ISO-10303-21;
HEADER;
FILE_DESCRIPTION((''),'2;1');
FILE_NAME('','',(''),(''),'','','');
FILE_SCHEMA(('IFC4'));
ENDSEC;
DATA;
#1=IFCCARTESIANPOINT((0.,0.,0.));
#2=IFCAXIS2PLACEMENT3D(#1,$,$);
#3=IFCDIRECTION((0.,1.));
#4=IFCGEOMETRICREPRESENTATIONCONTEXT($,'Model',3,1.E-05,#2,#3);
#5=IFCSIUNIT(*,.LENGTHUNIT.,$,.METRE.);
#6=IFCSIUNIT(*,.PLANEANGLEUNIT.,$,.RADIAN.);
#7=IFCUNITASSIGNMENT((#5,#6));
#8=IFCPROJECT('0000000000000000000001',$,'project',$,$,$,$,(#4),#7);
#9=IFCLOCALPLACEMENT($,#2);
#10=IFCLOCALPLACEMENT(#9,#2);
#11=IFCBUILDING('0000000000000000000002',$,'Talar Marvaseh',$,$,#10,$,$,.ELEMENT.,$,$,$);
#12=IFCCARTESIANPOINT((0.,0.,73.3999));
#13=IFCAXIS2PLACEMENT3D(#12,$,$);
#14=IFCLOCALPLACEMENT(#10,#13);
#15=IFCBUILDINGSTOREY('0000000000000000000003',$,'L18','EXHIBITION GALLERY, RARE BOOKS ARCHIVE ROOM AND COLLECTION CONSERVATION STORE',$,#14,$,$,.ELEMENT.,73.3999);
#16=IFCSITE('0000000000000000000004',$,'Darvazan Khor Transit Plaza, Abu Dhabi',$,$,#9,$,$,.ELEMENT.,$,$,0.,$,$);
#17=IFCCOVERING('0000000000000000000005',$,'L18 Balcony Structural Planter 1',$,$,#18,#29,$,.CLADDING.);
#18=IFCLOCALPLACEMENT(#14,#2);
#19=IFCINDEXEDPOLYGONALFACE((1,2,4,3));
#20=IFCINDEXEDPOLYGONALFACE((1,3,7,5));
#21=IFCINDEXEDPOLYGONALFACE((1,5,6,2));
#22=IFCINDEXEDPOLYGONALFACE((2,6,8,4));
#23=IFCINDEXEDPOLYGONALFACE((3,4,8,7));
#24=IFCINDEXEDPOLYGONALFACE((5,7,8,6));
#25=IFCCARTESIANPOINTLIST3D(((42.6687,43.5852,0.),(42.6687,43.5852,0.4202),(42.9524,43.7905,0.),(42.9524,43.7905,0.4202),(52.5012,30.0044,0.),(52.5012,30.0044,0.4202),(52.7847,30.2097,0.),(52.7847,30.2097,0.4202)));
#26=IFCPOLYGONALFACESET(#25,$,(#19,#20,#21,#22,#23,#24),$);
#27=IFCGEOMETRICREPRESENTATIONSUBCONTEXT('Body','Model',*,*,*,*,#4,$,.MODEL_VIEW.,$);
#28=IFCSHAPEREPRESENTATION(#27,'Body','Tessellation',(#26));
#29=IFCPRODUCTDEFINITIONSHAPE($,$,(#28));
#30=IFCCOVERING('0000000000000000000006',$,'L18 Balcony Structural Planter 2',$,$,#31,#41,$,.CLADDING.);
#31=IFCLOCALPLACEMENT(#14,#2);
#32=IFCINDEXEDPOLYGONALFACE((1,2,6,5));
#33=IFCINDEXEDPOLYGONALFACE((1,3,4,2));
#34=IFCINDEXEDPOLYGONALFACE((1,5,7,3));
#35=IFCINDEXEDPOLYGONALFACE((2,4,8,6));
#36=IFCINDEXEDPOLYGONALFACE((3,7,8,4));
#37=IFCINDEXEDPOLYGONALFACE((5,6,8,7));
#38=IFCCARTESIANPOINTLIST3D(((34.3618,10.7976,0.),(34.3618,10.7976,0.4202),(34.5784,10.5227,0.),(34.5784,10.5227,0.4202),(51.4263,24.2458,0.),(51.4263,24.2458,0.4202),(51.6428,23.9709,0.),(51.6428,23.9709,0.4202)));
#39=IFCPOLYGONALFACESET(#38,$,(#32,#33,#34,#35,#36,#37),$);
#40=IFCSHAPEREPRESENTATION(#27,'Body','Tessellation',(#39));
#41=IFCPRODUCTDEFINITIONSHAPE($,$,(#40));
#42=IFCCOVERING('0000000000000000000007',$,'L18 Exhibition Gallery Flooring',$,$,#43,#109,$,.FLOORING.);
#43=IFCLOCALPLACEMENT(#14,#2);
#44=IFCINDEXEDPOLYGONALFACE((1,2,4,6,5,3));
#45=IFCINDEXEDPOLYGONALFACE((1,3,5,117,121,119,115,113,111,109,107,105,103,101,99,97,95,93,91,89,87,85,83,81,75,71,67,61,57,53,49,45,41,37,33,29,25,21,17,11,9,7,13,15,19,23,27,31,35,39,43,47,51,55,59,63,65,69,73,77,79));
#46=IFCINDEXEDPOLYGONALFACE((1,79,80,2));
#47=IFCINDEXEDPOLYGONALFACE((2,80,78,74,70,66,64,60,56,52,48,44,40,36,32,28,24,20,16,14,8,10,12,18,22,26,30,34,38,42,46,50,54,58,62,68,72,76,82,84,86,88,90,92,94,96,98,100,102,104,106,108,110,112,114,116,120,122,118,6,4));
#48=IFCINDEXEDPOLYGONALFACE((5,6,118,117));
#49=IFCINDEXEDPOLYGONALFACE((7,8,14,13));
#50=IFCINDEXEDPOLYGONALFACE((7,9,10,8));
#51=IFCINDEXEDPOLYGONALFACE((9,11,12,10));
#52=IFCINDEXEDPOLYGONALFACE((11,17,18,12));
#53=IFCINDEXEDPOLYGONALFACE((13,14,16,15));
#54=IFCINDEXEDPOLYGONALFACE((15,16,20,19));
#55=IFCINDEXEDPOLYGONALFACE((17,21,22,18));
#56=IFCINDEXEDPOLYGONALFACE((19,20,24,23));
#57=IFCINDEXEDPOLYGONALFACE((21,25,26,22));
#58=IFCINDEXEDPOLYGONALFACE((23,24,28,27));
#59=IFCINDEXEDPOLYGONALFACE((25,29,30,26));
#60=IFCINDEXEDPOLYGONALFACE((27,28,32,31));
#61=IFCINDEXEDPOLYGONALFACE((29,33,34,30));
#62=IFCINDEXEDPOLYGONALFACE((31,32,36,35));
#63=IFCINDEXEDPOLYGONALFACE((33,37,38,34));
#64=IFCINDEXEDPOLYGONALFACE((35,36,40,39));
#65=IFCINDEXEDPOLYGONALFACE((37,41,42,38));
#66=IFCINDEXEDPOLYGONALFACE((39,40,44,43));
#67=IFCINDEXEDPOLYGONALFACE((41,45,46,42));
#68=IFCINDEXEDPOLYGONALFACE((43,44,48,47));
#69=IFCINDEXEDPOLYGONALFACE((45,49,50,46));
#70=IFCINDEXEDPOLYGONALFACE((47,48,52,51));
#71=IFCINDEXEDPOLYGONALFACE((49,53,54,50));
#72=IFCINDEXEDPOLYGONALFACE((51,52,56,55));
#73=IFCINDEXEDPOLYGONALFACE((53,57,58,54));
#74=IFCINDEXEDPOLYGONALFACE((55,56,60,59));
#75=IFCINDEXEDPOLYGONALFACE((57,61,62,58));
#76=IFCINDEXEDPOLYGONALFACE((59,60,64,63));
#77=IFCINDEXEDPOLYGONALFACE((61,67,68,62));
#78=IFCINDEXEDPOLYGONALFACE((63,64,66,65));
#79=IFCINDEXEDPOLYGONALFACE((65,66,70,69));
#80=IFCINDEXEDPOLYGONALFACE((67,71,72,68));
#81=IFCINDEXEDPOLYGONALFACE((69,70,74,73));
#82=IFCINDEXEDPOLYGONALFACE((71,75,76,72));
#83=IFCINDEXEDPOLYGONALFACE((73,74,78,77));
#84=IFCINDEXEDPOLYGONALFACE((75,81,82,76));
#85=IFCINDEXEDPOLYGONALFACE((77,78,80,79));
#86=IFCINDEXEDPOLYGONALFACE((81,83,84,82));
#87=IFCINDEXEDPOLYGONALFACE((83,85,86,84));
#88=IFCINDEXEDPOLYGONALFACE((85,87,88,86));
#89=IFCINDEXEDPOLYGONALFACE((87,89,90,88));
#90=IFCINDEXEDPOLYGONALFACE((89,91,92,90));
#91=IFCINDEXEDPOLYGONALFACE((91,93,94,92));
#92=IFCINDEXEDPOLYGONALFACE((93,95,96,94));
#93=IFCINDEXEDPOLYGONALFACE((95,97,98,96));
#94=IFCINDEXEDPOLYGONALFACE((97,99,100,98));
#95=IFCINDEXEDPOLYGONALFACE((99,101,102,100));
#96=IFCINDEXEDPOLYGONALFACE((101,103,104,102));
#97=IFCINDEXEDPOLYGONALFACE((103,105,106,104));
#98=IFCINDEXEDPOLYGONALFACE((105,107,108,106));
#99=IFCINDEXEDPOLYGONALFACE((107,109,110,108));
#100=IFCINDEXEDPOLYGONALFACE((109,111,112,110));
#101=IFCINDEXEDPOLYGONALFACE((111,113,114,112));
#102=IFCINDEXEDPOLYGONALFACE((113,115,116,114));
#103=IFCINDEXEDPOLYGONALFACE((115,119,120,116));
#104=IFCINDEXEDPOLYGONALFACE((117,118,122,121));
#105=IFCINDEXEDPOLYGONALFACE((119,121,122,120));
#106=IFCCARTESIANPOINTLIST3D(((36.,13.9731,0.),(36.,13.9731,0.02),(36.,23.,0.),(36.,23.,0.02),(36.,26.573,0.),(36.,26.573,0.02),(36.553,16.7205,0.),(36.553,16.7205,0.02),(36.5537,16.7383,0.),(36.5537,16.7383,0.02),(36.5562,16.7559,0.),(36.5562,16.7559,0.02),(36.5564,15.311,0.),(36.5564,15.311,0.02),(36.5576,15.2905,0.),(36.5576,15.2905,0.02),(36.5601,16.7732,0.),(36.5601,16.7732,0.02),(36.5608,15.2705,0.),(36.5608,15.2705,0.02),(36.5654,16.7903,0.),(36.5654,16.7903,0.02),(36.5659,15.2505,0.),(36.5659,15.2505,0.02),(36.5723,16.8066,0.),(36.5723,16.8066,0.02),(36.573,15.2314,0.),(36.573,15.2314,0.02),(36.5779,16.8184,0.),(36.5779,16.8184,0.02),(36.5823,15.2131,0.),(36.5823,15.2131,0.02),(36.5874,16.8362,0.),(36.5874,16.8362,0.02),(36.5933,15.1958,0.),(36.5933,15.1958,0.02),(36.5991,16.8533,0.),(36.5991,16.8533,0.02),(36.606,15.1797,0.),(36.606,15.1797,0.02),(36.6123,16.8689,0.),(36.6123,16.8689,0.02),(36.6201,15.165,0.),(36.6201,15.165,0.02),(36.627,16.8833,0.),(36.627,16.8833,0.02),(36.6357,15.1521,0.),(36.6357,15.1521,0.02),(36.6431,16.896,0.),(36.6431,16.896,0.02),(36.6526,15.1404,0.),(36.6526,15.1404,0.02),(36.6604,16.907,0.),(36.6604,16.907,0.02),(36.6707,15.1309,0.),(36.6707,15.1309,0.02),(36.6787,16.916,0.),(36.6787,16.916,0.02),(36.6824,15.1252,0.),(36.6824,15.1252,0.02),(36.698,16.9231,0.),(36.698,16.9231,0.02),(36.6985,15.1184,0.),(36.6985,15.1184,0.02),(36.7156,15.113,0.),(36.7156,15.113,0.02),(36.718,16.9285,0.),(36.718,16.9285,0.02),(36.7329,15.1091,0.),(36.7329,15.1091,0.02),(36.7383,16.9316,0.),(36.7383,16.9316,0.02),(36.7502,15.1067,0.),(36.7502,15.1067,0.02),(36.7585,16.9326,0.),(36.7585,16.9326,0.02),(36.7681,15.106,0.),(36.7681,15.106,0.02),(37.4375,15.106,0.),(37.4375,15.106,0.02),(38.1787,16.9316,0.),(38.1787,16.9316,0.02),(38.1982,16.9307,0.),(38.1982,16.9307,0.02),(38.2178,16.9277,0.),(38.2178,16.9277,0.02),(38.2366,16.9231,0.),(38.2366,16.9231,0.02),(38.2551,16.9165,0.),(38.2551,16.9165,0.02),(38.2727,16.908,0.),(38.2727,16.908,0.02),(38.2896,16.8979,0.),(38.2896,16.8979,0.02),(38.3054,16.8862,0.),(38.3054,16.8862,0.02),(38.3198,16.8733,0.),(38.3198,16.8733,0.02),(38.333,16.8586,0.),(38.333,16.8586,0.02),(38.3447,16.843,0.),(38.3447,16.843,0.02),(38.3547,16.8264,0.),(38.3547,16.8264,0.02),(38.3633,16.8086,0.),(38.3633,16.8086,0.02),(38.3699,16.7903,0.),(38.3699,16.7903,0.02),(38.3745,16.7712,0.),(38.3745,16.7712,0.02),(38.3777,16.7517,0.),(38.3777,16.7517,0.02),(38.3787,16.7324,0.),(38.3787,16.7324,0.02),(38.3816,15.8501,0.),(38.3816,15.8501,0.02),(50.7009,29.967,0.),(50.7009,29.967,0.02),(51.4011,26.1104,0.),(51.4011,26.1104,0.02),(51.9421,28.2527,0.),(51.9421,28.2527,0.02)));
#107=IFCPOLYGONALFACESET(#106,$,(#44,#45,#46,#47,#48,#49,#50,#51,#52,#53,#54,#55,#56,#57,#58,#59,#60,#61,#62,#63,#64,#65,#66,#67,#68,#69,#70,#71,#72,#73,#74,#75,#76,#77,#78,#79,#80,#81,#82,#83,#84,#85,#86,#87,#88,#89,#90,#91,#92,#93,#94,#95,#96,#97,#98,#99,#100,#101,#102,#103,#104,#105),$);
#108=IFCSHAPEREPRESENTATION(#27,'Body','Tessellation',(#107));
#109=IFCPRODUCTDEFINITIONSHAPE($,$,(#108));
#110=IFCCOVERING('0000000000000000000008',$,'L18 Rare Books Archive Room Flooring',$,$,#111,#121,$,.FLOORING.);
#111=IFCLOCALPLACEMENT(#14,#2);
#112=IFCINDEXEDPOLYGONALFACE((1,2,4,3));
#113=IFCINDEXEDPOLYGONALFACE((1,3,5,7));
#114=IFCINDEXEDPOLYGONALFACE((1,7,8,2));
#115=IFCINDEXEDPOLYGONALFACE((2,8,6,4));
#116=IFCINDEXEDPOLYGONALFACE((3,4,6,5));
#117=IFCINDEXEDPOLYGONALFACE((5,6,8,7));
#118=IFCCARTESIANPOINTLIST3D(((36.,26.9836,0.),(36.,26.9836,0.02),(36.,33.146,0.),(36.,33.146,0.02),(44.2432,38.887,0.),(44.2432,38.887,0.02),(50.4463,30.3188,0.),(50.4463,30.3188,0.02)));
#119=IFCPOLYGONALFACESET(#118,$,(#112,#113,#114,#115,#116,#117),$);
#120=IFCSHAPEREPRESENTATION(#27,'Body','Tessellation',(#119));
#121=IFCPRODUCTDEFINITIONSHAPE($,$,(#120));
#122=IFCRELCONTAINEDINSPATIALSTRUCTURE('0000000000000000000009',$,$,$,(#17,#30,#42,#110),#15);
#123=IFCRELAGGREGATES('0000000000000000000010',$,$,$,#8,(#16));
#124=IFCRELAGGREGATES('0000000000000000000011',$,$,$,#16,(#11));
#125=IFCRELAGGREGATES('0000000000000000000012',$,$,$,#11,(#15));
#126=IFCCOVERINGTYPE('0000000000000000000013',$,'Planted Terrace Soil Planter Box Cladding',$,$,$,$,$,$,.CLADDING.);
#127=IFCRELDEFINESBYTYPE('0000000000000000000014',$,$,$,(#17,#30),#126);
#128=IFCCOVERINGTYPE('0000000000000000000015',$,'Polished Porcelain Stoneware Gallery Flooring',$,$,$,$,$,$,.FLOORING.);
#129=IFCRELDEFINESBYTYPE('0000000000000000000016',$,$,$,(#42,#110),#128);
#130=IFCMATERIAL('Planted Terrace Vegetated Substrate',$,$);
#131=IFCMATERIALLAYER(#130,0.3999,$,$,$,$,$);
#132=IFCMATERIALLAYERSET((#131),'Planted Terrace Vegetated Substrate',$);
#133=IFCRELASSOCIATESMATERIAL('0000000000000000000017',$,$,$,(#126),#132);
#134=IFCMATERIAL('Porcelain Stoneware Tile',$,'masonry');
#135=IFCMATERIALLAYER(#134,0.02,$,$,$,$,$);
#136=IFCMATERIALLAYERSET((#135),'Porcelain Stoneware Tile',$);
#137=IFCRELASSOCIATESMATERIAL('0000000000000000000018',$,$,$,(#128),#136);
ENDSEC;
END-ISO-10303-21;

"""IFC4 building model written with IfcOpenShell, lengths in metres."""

from ifc_helpers import new_model, si_unit, direction, frame, origin, place, context, subcontext, project, spatial, polyline, outline, extrude, material, layer, layer_set, type_object, element, save


model = new_model("IFC4")

# Units and contexts
model_context = context("Model", 3, precision=1e-05, world=origin(), true_north=direction((0.0, 1.0)))
body_context = subcontext(model_context, "Body", "Model", "MODEL_VIEW")
ifc_project = project(units=[si_unit("LENGTHUNIT", "METRE"), si_unit("PLANEANGLEUNIT", "RADIAN")], contexts=[model_context])

# Site, building, storey
site_placement = place(None, origin())
site = spatial("IfcSite", under=ifc_project, at=site_placement, Name="Darvazan Khor Transit Plaza, Abu Dhabi", CompositionType="ELEMENT", RefElevation=0.0)
building_placement = place(site_placement, origin())
building = spatial("IfcBuilding", under=site, at=building_placement, Name="Talar Marvaseh", CompositionType="ELEMENT")
storey_placement = place(building_placement, frame((0.0, 0.0, 73.3999)))
storey = spatial("IfcBuildingStorey", under=building, at=storey_placement, Name="L18", Description="EXHIBITION GALLERY, RARE BOOKS ARCHIVE ROOM AND COLLECTION CONSERVATION STORE", CompositionType="ELEMENT", Elevation=73.3999)

# Coverings
ifc_material_1 = material(Name="Planted Terrace Vegetated Substrate")
ifc_layer_1 = layer(ifc_material_1, 0.3999)
ifc_layer_set_1 = layer_set([ifc_layer_1], Name="Planted Terrace Vegetated Substrate")
covering_type_1 = type_object("IfcCoveringType", Name="Planted Terrace Soil Planter Box Cladding", PredefinedType="CLADDING", material=ifc_layer_set_1)
covering_1_placement = place(storey_placement, origin())
element("IfcCovering", 1, at=covering_1_placement, inside=storey, type_object=covering_type_1, Name="L18 Balcony Structural Planter 1", PredefinedType="CLADDING", context=body_context, shape_type="SweptSolid", body=[
    extrude(outline(polyline([(42.9524, 43.7905), (52.7847, 30.2097), (52.5012, 30.0044), (42.6687, 43.5852), (42.9524, 43.7905)])), origin(), (0.0, 0.0, 1.0), 0.4202),
])
covering_2_placement = place(storey_placement, origin())
element("IfcCovering", 2, at=covering_2_placement, inside=storey, type_object=covering_type_1, Name="L18 Balcony Structural Planter 2", PredefinedType="CLADDING", context=body_context, shape_type="SweptSolid", body=[
    extrude(outline(polyline([(51.6428, 23.9709), (34.5784, 10.5227), (34.3618, 10.7976), (51.4263, 24.2458), (51.6428, 23.9709)])), origin(), (0.0, 0.0, 1.0), 0.4202),
])
ifc_material_2 = material(Name="Porcelain Stoneware Tile", Category="masonry")
ifc_layer_2 = layer(ifc_material_2, 0.02)
ifc_layer_set_2 = layer_set([ifc_layer_2], Name="Porcelain Stoneware Tile")
covering_type_2 = type_object("IfcCoveringType", Name="Polished Porcelain Stoneware Gallery Flooring", PredefinedType="FLOORING", material=ifc_layer_set_2)
covering_3_placement = place(storey_placement, origin())
element("IfcCovering", 3, at=covering_3_placement, inside=storey, type_object=covering_type_2, Name="L18 Exhibition Gallery Flooring", PredefinedType="FLOORING", context=body_context, shape_type="SweptSolid", body=[
    extrude(outline(polyline([(50.7009, 29.967), (51.9421, 28.2527), (51.4011, 26.1104), (38.3816, 15.8501), (38.3787, 16.7324), (38.3777, 16.7517), (38.3745, 16.7712), (38.3699, 16.7903), (38.3633, 16.8086), (38.3547, 16.8264), (38.3447, 16.843), (38.333, 16.8586), (38.3198, 16.8733), (38.3054, 16.8862), (38.2896, 16.8979), (38.2727, 16.908), (38.2551, 16.9165), (38.2366, 16.9231), (38.2178, 16.9277), (38.1982, 16.9307), (38.1787, 16.9316), (36.7585, 16.9326), (36.7383, 16.9316), (36.718, 16.9285), (36.698, 16.9231), (36.6787, 16.916), (36.6604, 16.907), (36.6431, 16.896), (36.627, 16.8833), (36.6123, 16.8689), (36.5991, 16.8533), (36.5874, 16.8362), (36.5779, 16.8184), (36.5723, 16.8066), (36.5654, 16.7903), (36.5601, 16.7732), (36.5562, 16.7559), (36.5537, 16.7383), (36.553, 16.7205), (36.5564, 15.311), (36.5576, 15.2905), (36.5608, 15.2705), (36.5659, 15.2505), (36.573, 15.2314), (36.5823, 15.2131), (36.5933, 15.1958), (36.606, 15.1797), (36.6201, 15.165), (36.6357, 15.1521), (36.6526, 15.1404), (36.6707, 15.1309), (36.6824, 15.1252), (36.6985, 15.1184), (36.7156, 15.113), (36.7329, 15.1091), (36.7502, 15.1067), (36.7681, 15.106), (37.4375, 15.106), (36.0, 13.9731), (36.0, 23.0), (36.0, 26.573), (50.7009, 29.967)])), origin(), (0.0, 0.0, 1.0), 0.02),
])
covering_4_placement = place(storey_placement, origin())
element("IfcCovering", 4, at=covering_4_placement, inside=storey, type_object=covering_type_2, Name="L18 Rare Books Archive Room Flooring", PredefinedType="FLOORING", context=body_context, shape_type="SweptSolid", body=[
    extrude(outline(polyline([(44.2432, 38.887), (50.4463, 30.3188), (36.0, 26.9836), (36.0, 33.146), (44.2432, 38.887)])), origin(), (0.0, 0.0, 1.0), 0.02),
])

save(model, "model.ifc")
